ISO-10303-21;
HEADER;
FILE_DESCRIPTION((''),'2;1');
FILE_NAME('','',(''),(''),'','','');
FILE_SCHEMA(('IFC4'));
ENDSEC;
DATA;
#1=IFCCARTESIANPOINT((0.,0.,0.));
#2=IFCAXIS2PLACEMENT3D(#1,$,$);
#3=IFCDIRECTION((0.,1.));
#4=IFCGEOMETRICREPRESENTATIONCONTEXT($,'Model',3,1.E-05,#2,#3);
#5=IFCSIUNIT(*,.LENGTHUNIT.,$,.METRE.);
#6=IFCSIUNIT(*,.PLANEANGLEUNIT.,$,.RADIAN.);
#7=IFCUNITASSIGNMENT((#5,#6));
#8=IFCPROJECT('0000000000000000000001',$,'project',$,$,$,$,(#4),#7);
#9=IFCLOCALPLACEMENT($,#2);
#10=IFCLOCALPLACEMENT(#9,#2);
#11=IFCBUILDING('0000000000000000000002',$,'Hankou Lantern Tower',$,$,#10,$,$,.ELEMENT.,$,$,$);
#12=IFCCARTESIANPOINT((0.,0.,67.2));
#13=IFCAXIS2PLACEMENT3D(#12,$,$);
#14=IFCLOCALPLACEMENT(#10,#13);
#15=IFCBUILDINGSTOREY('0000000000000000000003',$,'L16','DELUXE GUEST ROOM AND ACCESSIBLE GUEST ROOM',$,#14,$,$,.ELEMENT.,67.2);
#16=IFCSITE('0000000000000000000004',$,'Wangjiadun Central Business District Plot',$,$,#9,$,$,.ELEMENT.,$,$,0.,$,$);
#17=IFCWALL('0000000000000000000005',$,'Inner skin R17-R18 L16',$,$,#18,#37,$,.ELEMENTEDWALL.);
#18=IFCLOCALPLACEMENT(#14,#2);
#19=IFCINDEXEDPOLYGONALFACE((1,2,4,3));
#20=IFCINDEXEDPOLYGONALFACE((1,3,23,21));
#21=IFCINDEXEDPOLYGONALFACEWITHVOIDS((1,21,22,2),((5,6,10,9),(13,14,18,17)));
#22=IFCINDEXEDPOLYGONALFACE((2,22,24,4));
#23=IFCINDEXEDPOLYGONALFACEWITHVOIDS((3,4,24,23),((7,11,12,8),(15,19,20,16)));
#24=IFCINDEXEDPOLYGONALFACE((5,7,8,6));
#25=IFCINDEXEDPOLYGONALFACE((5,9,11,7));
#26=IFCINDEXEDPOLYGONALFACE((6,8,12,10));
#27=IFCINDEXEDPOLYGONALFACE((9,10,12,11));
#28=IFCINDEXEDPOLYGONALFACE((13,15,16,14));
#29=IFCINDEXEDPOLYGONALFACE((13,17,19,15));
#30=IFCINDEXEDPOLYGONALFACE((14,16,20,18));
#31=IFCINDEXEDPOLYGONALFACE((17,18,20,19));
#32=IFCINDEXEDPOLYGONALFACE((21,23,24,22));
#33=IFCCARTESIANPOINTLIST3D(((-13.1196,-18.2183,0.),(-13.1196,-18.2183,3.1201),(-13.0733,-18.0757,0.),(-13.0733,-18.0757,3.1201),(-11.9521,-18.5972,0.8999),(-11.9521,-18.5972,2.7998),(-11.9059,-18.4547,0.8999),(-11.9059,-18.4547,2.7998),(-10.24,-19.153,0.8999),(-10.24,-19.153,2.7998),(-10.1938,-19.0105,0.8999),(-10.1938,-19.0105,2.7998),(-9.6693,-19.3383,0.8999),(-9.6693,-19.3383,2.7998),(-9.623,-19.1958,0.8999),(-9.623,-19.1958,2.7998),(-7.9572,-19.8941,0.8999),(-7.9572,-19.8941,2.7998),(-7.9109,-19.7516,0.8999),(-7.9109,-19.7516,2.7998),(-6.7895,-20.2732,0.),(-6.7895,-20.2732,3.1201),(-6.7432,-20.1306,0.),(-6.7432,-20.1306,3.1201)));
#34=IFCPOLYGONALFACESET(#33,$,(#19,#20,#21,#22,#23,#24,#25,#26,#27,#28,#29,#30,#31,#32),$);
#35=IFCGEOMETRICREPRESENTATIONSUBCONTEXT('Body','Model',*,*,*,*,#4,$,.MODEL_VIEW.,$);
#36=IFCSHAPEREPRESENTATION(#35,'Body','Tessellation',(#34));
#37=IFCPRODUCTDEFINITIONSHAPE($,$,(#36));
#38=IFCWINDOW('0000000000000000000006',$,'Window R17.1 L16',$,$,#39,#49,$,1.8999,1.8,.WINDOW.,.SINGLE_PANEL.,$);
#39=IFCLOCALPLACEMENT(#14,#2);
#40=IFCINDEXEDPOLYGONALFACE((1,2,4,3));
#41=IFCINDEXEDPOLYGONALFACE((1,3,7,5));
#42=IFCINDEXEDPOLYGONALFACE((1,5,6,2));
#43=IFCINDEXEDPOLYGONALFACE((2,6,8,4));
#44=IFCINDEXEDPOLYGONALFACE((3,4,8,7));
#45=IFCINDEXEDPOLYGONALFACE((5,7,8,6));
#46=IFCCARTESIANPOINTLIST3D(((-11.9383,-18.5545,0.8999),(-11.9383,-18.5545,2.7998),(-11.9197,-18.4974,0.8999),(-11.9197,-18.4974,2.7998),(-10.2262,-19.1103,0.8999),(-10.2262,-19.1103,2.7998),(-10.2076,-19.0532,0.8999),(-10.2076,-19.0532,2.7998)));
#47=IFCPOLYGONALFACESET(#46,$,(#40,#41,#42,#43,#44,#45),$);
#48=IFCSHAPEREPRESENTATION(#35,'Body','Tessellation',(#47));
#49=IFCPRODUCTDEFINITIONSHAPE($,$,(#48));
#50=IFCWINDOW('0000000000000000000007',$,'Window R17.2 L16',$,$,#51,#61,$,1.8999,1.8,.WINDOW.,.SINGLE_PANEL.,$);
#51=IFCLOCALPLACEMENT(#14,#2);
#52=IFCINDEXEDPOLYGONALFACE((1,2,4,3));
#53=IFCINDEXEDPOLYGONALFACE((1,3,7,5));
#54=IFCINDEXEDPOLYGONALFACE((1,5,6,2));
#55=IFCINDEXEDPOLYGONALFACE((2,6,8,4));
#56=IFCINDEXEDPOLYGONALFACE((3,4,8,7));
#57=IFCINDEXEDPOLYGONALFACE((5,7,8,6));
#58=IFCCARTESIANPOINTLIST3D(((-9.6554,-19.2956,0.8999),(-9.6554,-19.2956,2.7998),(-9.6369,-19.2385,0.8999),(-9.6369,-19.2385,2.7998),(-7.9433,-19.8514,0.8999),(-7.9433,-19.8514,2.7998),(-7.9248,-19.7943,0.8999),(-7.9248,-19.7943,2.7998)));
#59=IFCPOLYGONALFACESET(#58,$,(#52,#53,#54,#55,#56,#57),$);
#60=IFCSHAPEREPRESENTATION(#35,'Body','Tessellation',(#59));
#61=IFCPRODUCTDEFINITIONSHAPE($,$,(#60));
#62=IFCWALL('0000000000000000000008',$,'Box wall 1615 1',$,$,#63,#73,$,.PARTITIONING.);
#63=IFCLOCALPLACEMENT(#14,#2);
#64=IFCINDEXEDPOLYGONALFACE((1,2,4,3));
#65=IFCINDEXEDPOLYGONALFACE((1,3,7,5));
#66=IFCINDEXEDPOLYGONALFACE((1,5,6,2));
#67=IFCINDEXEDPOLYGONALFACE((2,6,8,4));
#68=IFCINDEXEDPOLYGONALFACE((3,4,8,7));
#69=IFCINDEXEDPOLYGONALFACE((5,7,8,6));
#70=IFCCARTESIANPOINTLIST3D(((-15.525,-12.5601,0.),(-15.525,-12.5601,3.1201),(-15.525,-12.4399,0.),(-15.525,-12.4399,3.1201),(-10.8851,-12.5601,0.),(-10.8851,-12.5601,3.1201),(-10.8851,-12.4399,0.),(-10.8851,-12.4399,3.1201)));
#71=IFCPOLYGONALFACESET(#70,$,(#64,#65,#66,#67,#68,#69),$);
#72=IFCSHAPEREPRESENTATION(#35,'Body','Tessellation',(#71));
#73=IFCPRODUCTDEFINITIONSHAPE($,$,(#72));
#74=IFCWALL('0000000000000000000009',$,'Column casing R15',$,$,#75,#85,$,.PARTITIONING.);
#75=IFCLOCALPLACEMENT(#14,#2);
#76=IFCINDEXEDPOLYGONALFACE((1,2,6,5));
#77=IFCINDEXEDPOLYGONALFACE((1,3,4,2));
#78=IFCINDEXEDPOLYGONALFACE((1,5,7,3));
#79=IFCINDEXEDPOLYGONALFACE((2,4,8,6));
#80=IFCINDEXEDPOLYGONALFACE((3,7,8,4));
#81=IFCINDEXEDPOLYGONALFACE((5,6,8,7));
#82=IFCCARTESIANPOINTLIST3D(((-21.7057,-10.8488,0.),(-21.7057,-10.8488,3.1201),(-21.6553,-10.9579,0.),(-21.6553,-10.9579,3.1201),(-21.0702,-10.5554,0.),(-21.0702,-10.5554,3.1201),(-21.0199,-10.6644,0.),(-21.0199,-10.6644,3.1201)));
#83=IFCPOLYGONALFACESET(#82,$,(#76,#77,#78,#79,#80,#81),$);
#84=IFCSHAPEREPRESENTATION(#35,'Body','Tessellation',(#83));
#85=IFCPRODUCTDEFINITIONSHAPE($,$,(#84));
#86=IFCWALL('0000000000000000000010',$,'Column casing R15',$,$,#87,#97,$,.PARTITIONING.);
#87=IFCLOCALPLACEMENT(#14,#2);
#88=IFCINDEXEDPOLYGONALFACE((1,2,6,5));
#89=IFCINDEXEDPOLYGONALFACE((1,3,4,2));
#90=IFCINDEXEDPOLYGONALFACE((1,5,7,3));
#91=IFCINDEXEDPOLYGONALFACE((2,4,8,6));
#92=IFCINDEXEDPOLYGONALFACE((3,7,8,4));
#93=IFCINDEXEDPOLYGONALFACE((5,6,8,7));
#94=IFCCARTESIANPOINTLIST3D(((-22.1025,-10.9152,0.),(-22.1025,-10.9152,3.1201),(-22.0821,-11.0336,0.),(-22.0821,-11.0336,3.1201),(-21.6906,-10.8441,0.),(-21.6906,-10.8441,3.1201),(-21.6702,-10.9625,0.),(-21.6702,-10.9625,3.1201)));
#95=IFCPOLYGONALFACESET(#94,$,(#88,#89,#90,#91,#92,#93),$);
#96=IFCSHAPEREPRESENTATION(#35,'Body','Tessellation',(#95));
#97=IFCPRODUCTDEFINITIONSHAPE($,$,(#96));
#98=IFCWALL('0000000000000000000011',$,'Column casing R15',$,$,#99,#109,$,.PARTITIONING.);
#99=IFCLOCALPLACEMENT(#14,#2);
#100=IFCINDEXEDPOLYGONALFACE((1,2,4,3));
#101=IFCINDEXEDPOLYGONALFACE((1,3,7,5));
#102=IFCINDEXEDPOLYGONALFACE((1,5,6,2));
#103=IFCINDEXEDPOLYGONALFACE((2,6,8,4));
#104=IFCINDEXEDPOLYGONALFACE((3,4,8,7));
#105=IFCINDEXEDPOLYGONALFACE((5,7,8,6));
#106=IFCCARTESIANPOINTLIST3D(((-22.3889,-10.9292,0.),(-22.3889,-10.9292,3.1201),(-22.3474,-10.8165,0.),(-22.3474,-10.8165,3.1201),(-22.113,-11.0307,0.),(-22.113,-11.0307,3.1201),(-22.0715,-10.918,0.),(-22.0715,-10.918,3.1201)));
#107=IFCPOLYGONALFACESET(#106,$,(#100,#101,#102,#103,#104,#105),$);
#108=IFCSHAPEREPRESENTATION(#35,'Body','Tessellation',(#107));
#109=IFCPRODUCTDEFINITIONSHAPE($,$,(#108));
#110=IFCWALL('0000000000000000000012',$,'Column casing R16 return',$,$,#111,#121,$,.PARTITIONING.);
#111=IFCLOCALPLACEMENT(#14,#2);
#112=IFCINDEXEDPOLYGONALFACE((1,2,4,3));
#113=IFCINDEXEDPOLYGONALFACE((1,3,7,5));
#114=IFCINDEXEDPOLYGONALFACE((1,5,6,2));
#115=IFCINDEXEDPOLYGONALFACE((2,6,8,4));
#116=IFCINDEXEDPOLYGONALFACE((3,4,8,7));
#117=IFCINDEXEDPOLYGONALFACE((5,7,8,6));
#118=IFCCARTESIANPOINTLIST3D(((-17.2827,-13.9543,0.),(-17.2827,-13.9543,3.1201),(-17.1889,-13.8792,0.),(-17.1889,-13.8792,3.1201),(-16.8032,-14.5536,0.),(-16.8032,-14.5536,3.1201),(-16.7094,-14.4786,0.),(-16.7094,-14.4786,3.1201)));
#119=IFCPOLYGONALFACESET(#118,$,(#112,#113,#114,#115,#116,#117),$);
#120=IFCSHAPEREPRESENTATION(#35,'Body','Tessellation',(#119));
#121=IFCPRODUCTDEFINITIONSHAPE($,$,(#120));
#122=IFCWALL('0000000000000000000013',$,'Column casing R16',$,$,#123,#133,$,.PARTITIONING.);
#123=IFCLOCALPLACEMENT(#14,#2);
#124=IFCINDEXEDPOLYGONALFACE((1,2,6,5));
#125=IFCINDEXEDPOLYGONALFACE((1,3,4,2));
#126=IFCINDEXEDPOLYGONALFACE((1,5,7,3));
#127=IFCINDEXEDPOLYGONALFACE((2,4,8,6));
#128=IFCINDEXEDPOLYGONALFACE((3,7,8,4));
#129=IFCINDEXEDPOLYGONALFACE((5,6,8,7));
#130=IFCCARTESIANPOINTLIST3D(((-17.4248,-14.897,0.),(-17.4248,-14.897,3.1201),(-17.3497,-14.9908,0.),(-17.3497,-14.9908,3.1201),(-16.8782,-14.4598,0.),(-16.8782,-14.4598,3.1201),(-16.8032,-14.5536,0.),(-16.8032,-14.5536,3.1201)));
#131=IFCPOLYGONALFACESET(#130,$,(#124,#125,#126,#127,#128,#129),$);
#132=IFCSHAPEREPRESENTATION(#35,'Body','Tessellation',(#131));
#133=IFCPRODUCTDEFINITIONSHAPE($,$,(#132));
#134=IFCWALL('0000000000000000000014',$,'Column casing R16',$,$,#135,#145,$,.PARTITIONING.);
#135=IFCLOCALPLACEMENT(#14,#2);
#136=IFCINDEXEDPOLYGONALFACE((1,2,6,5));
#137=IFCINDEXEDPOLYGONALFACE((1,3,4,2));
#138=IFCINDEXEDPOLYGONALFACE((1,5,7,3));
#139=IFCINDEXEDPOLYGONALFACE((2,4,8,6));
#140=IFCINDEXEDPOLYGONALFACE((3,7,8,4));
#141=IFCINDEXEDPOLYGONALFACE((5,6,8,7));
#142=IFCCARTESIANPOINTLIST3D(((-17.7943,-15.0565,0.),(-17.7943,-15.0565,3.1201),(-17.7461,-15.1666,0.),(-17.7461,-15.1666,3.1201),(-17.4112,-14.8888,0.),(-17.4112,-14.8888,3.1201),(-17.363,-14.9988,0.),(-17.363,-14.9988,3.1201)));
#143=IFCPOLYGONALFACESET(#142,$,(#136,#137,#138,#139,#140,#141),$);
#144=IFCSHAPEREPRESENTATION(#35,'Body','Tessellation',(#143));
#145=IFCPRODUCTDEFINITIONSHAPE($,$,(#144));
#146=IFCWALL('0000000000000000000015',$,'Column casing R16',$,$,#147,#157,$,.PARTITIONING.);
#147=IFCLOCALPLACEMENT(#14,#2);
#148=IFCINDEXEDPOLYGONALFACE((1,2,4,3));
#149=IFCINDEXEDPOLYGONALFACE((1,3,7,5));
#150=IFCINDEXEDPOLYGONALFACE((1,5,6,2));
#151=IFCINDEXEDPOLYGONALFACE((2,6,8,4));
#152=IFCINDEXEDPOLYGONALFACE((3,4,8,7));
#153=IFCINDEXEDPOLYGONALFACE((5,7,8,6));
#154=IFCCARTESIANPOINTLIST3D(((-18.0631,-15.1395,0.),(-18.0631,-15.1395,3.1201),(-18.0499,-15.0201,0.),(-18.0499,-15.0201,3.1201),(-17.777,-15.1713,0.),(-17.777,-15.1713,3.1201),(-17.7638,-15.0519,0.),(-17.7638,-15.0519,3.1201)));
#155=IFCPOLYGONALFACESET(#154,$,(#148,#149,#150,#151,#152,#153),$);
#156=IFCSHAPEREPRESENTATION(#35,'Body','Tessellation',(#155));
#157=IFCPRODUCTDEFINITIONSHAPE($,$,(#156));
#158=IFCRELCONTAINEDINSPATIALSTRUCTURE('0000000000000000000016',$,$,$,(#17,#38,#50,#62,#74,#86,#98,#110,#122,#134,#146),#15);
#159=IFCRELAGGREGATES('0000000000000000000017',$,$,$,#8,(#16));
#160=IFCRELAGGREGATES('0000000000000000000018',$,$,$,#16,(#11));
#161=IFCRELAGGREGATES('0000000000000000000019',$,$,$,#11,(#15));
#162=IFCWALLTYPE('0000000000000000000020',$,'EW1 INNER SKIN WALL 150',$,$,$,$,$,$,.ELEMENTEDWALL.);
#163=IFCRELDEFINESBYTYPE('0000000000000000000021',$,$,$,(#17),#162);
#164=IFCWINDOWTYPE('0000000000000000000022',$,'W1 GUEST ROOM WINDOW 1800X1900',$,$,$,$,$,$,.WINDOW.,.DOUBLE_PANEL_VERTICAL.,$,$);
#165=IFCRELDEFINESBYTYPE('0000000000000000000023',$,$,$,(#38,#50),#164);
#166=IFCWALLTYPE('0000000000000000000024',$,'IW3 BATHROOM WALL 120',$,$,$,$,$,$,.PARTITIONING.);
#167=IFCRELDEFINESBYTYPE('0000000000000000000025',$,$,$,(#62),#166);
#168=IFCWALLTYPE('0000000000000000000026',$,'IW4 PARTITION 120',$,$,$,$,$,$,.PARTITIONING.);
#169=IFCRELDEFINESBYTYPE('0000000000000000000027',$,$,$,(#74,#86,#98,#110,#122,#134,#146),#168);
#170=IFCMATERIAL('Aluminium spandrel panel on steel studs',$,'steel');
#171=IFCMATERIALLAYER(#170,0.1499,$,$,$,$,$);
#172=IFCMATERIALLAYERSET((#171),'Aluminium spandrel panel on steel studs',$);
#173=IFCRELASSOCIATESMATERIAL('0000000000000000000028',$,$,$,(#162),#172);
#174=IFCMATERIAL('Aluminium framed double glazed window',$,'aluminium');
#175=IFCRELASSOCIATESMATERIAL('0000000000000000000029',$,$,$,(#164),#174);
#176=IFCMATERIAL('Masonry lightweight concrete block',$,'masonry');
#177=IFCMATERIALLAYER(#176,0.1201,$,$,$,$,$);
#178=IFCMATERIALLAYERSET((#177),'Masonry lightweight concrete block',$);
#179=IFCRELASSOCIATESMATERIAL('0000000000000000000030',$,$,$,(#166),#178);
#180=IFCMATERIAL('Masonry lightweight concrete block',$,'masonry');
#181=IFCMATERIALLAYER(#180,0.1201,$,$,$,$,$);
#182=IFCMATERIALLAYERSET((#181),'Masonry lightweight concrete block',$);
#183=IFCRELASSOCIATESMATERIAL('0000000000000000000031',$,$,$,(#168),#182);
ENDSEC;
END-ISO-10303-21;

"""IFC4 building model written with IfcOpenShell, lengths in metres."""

from ifc_helpers import new_model, si_unit, direction, frame, frame_2d, origin, place, context, subcontext, project, spatial, rectangle, extrude, material, layer, layer_set, type_object, element, fill, save


model = new_model("IFC4")

# Units and contexts
model_context = context("Model", 3, precision=1e-05, world=origin(), true_north=direction((0.0, 1.0)))
body_context = subcontext(model_context, "Body", "Model", "MODEL_VIEW")
ifc_project = project(units=[si_unit("LENGTHUNIT", "METRE"), si_unit("PLANEANGLEUNIT", "RADIAN")], contexts=[model_context])

# Site, building, storey
site_placement = place(None, origin())
site = spatial("IfcSite", under=ifc_project, at=site_placement, Name="Wangjiadun Central Business District Plot", CompositionType="ELEMENT", RefElevation=0.0)
building_placement = place(site_placement, origin())
building = spatial("IfcBuilding", under=site, at=building_placement, Name="Hankou Lantern Tower", CompositionType="ELEMENT")
storey_placement = place(building_placement, frame((0.0, 0.0, 67.2)))
storey = spatial("IfcBuildingStorey", under=building, at=storey_placement, Name="L16", Description="DELUXE GUEST ROOM AND ACCESSIBLE GUEST ROOM", CompositionType="ELEMENT", Elevation=67.2)

# Wall, openings, windows
ifc_material_1 = material(Name="Aluminium spandrel panel on steel studs", Category="steel")
ifc_layer_1 = layer(ifc_material_1, 0.1499)
ifc_layer_set_1 = layer_set([ifc_layer_1], Name="Aluminium spandrel panel on steel studs")
wall_type_1 = type_object("IfcWallType", Name="EW1 INNER SKIN WALL 150", PredefinedType="ELEMENTEDWALL", material=ifc_layer_set_1)
ifc_material_2 = material(Name="Aluminium framed double glazed window", Category="aluminium")
window_type = type_object("IfcWindowType", Name="W1 GUEST ROOM WINDOW 1800X1900", PartitioningType="DOUBLE_PANEL_VERTICAL", PredefinedType="WINDOW", material=ifc_material_2)
wall_1_placement = place(storey_placement, frame((-13.0964, -18.147, 0.0), z_axis=(0.0, 0.0, 1.0), x_axis=(0.951138, -0.308768, 0.0)))
wall_1 = element("IfcWall", 1, at=wall_1_placement, inside=storey, type_object=wall_type_1, Name="Inner skin R17-R18 L16", PredefinedType="ELEMENTEDWALL", context=body_context, shape_type="SweptSolid", body=[
    extrude(rectangle(XDim=6.6553, YDim=0.1499, at=frame_2d((3.3276, 0.0))), origin(), (0.0, 0.0, 1.0), 3.1201),
])
opening_1_placement = place(wall_1_placement, frame((1.2275, 0.0, 0.8999)))
opening_1 = element("IfcOpeningElement", 2, at=opening_1_placement, cuts=wall_1, PredefinedType="OPENING", context=body_context, shape_type="SweptSolid", body=[
    extrude(rectangle(XDim=1.8, YDim=1.8999, at=frame_2d((0.8999, 0.95))), frame((0.0, 0.085, 0.0), z_axis=(0.0, -1.0, 0.0), x_axis=(1.0, 0.0, 0.0)), (0.0, 0.0, 1.0), 0.1699),
])
opening_2_placement = place(wall_1_placement, frame((3.6277, 0.0, 0.8999)))
opening_2 = element("IfcOpeningElement", 3, at=opening_2_placement, cuts=wall_1, PredefinedType="OPENING", context=body_context, shape_type="SweptSolid", body=[
    extrude(rectangle(XDim=1.8, YDim=1.8999, at=frame_2d((0.8999, 0.95))), frame((0.0, 0.085, 0.0), z_axis=(0.0, -1.0, 0.0), x_axis=(1.0, 0.0, 0.0)), (0.0, 0.0, 1.0), 0.1699),
])
window_1_placement = place(opening_1_placement, origin())
window_1 = element("IfcWindow", 4, at=window_1_placement, inside=storey, type_object=window_type, Name="Window R17.1 L16", OverallHeight=1.8999, OverallWidth=1.8, PartitioningType="SINGLE_PANEL", PredefinedType="WINDOW", context=body_context, shape_type="SweptSolid", body=[
    extrude(rectangle(XDim=1.8, YDim=1.8999, at=frame_2d((0.8999, 0.95))), frame((0.0, 0.03, 0.0), z_axis=(0.0, -1.0, 0.0), x_axis=(1.0, 0.0, 0.0)), (0.0, 0.0, 1.0), 0.0601),
])
fill(opening_1, window_1)
window_2_placement = place(opening_2_placement, origin())
window_2 = element("IfcWindow", 5, at=window_2_placement, inside=storey, type_object=window_type, Name="Window R17.2 L16", OverallHeight=1.8999, OverallWidth=1.8, PartitioningType="SINGLE_PANEL", PredefinedType="WINDOW", context=body_context, shape_type="SweptSolid", body=[
    extrude(rectangle(XDim=1.8, YDim=1.8999, at=frame_2d((0.8999, 0.95))), frame((0.0, 0.03, 0.0), z_axis=(0.0, -1.0, 0.0), x_axis=(1.0, 0.0, 0.0)), (0.0, 0.0, 1.0), 0.0601),
])
fill(opening_2, window_2)

# Walls
ifc_material_3 = material(Name="Masonry lightweight concrete block", Category="masonry")
ifc_layer_2 = layer(ifc_material_3, 0.1201)
ifc_layer_set_2 = layer_set([ifc_layer_2], Name="Masonry lightweight concrete block")
wall_type_2 = type_object("IfcWallType", Name="IW3 BATHROOM WALL 120", PredefinedType="PARTITIONING", material=ifc_layer_set_2)
wall_2_placement = place(storey_placement, frame((-15.5249, -12.5, 0.0), z_axis=(0.0, 0.0, 1.0), x_axis=(1.0, 0.0, 0.0)))
element("IfcWall", 6, at=wall_2_placement, inside=storey, type_object=wall_type_2, Name="Box wall 1615 1", PredefinedType="PARTITIONING", context=body_context, shape_type="SweptSolid", body=[
    extrude(rectangle(XDim=4.6399, YDim=0.1201, at=frame_2d((2.3198, 0.0))), origin(), (0.0, 0.0, 1.0), 3.1201),
])
ifc_material_4 = material(Name="Masonry lightweight concrete block", Category="masonry")
ifc_layer_3 = layer(ifc_material_4, 0.1201)
ifc_layer_set_3 = layer_set([ifc_layer_3], Name="Masonry lightweight concrete block")
wall_type_3 = type_object("IfcWallType", Name="IW4 PARTITION 120", PredefinedType="PARTITIONING", material=ifc_layer_set_3)
wall_3_placement = place(storey_placement, frame((-21.0449, -10.6099, 0.0), z_axis=(0.0, 0.0, 1.0), x_axis=(-0.907878, -0.419235, 0.0)))
element("IfcWall", 7, at=wall_3_placement, inside=storey, type_object=wall_type_3, Name="Column casing R15", PredefinedType="PARTITIONING", context=body_context, shape_type="SweptSolid", body=[
    extrude(rectangle(XDim=0.7, YDim=0.1201, at=frame_2d((0.3501, 0.0))), origin(), (0.0, 0.0, 1.0), 3.1201),
])
wall_4_placement = place(storey_placement, frame((-21.6804, -10.9033, 0.0), z_axis=(0.0, 0.0, 1.0), x_axis=(-0.985447, -0.169985, 0.0)))
element("IfcWall", 8, at=wall_4_placement, inside=storey, type_object=wall_type_3, Name="Column casing R15", PredefinedType="PARTITIONING", context=body_context, shape_type="SweptSolid", body=[
    extrude(rectangle(XDim=0.418, YDim=0.1201, at=frame_2d((0.209, 0.0))), origin(), (0.0, 0.0, 1.0), 3.1201),
])
wall_5_placement = place(storey_placement, frame((-22.0923, -10.9744, 0.0), z_axis=(0.0, 0.0, 1.0), x_axis=(-0.938428, 0.345474, 0.0)))
element("IfcWall", 9, at=wall_5_placement, inside=storey, type_object=wall_type_3, Name="Column casing R15", PredefinedType="PARTITIONING", context=body_context, shape_type="SweptSolid", body=[
    extrude(rectangle(XDim=0.2939, YDim=0.1201, at=frame_2d((0.147, 0.0))), origin(), (0.0, 0.0, 1.0), 3.1201),
])
wall_6_placement = place(storey_placement, frame((-17.2358, -13.9167, 0.0), z_axis=(0.0, 0.0, 1.0), x_axis=(0.624695, -0.780869, 0.0)))
element("IfcWall", 10, at=wall_6_placement, inside=storey, type_object=wall_type_3, Name="Column casing R16 return", PredefinedType="PARTITIONING", context=body_context, shape_type="SweptSolid", body=[
    extrude(rectangle(XDim=0.7676, YDim=0.1201, at=frame_2d((0.3838, 0.0))), origin(), (0.0, 0.0, 1.0), 3.1201),
])
wall_7_placement = place(storey_placement, frame((-16.8406, -14.5066, 0.0), z_axis=(0.0, 0.0, 1.0), x_axis=(-0.780903, -0.624653, 0.0)))
element("IfcWall", 11, at=wall_7_placement, inside=storey, type_object=wall_type_3, Name="Column casing R16", PredefinedType="PARTITIONING", context=body_context, shape_type="SweptSolid", body=[
    extrude(rectangle(XDim=0.7, YDim=0.1201, at=frame_2d((0.3501, 0.0))), origin(), (0.0, 0.0, 1.0), 3.1201),
])
wall_8_placement = place(storey_placement, frame((-17.3872, -14.9438, 0.0), z_axis=(0.0, 0.0, 1.0), x_axis=(-0.916037, -0.401094, 0.0)))
element("IfcWall", 12, at=wall_8_placement, inside=storey, type_object=wall_type_3, Name="Column casing R16", PredefinedType="PARTITIONING", context=body_context, shape_type="SweptSolid", body=[
    extrude(rectangle(XDim=0.4182, YDim=0.1201, at=frame_2d((0.209, 0.0))), origin(), (0.0, 0.0, 1.0), 3.1201),
])
wall_9_placement = place(storey_placement, frame((-17.7703, -15.1116, 0.0), z_axis=(0.0, 0.0, 1.0), x_axis=(-0.993904, 0.110245, 0.0)))
element("IfcWall", 13, at=wall_9_placement, inside=storey, type_object=wall_type_3, Name="Column casing R16", PredefinedType="PARTITIONING", context=body_context, shape_type="SweptSolid", body=[
    extrude(rectangle(XDim=0.2878, YDim=0.1201, at=frame_2d((0.144, 0.0))), origin(), (0.0, 0.0, 1.0), 3.1201),
])

save(model, "model.ifc")
